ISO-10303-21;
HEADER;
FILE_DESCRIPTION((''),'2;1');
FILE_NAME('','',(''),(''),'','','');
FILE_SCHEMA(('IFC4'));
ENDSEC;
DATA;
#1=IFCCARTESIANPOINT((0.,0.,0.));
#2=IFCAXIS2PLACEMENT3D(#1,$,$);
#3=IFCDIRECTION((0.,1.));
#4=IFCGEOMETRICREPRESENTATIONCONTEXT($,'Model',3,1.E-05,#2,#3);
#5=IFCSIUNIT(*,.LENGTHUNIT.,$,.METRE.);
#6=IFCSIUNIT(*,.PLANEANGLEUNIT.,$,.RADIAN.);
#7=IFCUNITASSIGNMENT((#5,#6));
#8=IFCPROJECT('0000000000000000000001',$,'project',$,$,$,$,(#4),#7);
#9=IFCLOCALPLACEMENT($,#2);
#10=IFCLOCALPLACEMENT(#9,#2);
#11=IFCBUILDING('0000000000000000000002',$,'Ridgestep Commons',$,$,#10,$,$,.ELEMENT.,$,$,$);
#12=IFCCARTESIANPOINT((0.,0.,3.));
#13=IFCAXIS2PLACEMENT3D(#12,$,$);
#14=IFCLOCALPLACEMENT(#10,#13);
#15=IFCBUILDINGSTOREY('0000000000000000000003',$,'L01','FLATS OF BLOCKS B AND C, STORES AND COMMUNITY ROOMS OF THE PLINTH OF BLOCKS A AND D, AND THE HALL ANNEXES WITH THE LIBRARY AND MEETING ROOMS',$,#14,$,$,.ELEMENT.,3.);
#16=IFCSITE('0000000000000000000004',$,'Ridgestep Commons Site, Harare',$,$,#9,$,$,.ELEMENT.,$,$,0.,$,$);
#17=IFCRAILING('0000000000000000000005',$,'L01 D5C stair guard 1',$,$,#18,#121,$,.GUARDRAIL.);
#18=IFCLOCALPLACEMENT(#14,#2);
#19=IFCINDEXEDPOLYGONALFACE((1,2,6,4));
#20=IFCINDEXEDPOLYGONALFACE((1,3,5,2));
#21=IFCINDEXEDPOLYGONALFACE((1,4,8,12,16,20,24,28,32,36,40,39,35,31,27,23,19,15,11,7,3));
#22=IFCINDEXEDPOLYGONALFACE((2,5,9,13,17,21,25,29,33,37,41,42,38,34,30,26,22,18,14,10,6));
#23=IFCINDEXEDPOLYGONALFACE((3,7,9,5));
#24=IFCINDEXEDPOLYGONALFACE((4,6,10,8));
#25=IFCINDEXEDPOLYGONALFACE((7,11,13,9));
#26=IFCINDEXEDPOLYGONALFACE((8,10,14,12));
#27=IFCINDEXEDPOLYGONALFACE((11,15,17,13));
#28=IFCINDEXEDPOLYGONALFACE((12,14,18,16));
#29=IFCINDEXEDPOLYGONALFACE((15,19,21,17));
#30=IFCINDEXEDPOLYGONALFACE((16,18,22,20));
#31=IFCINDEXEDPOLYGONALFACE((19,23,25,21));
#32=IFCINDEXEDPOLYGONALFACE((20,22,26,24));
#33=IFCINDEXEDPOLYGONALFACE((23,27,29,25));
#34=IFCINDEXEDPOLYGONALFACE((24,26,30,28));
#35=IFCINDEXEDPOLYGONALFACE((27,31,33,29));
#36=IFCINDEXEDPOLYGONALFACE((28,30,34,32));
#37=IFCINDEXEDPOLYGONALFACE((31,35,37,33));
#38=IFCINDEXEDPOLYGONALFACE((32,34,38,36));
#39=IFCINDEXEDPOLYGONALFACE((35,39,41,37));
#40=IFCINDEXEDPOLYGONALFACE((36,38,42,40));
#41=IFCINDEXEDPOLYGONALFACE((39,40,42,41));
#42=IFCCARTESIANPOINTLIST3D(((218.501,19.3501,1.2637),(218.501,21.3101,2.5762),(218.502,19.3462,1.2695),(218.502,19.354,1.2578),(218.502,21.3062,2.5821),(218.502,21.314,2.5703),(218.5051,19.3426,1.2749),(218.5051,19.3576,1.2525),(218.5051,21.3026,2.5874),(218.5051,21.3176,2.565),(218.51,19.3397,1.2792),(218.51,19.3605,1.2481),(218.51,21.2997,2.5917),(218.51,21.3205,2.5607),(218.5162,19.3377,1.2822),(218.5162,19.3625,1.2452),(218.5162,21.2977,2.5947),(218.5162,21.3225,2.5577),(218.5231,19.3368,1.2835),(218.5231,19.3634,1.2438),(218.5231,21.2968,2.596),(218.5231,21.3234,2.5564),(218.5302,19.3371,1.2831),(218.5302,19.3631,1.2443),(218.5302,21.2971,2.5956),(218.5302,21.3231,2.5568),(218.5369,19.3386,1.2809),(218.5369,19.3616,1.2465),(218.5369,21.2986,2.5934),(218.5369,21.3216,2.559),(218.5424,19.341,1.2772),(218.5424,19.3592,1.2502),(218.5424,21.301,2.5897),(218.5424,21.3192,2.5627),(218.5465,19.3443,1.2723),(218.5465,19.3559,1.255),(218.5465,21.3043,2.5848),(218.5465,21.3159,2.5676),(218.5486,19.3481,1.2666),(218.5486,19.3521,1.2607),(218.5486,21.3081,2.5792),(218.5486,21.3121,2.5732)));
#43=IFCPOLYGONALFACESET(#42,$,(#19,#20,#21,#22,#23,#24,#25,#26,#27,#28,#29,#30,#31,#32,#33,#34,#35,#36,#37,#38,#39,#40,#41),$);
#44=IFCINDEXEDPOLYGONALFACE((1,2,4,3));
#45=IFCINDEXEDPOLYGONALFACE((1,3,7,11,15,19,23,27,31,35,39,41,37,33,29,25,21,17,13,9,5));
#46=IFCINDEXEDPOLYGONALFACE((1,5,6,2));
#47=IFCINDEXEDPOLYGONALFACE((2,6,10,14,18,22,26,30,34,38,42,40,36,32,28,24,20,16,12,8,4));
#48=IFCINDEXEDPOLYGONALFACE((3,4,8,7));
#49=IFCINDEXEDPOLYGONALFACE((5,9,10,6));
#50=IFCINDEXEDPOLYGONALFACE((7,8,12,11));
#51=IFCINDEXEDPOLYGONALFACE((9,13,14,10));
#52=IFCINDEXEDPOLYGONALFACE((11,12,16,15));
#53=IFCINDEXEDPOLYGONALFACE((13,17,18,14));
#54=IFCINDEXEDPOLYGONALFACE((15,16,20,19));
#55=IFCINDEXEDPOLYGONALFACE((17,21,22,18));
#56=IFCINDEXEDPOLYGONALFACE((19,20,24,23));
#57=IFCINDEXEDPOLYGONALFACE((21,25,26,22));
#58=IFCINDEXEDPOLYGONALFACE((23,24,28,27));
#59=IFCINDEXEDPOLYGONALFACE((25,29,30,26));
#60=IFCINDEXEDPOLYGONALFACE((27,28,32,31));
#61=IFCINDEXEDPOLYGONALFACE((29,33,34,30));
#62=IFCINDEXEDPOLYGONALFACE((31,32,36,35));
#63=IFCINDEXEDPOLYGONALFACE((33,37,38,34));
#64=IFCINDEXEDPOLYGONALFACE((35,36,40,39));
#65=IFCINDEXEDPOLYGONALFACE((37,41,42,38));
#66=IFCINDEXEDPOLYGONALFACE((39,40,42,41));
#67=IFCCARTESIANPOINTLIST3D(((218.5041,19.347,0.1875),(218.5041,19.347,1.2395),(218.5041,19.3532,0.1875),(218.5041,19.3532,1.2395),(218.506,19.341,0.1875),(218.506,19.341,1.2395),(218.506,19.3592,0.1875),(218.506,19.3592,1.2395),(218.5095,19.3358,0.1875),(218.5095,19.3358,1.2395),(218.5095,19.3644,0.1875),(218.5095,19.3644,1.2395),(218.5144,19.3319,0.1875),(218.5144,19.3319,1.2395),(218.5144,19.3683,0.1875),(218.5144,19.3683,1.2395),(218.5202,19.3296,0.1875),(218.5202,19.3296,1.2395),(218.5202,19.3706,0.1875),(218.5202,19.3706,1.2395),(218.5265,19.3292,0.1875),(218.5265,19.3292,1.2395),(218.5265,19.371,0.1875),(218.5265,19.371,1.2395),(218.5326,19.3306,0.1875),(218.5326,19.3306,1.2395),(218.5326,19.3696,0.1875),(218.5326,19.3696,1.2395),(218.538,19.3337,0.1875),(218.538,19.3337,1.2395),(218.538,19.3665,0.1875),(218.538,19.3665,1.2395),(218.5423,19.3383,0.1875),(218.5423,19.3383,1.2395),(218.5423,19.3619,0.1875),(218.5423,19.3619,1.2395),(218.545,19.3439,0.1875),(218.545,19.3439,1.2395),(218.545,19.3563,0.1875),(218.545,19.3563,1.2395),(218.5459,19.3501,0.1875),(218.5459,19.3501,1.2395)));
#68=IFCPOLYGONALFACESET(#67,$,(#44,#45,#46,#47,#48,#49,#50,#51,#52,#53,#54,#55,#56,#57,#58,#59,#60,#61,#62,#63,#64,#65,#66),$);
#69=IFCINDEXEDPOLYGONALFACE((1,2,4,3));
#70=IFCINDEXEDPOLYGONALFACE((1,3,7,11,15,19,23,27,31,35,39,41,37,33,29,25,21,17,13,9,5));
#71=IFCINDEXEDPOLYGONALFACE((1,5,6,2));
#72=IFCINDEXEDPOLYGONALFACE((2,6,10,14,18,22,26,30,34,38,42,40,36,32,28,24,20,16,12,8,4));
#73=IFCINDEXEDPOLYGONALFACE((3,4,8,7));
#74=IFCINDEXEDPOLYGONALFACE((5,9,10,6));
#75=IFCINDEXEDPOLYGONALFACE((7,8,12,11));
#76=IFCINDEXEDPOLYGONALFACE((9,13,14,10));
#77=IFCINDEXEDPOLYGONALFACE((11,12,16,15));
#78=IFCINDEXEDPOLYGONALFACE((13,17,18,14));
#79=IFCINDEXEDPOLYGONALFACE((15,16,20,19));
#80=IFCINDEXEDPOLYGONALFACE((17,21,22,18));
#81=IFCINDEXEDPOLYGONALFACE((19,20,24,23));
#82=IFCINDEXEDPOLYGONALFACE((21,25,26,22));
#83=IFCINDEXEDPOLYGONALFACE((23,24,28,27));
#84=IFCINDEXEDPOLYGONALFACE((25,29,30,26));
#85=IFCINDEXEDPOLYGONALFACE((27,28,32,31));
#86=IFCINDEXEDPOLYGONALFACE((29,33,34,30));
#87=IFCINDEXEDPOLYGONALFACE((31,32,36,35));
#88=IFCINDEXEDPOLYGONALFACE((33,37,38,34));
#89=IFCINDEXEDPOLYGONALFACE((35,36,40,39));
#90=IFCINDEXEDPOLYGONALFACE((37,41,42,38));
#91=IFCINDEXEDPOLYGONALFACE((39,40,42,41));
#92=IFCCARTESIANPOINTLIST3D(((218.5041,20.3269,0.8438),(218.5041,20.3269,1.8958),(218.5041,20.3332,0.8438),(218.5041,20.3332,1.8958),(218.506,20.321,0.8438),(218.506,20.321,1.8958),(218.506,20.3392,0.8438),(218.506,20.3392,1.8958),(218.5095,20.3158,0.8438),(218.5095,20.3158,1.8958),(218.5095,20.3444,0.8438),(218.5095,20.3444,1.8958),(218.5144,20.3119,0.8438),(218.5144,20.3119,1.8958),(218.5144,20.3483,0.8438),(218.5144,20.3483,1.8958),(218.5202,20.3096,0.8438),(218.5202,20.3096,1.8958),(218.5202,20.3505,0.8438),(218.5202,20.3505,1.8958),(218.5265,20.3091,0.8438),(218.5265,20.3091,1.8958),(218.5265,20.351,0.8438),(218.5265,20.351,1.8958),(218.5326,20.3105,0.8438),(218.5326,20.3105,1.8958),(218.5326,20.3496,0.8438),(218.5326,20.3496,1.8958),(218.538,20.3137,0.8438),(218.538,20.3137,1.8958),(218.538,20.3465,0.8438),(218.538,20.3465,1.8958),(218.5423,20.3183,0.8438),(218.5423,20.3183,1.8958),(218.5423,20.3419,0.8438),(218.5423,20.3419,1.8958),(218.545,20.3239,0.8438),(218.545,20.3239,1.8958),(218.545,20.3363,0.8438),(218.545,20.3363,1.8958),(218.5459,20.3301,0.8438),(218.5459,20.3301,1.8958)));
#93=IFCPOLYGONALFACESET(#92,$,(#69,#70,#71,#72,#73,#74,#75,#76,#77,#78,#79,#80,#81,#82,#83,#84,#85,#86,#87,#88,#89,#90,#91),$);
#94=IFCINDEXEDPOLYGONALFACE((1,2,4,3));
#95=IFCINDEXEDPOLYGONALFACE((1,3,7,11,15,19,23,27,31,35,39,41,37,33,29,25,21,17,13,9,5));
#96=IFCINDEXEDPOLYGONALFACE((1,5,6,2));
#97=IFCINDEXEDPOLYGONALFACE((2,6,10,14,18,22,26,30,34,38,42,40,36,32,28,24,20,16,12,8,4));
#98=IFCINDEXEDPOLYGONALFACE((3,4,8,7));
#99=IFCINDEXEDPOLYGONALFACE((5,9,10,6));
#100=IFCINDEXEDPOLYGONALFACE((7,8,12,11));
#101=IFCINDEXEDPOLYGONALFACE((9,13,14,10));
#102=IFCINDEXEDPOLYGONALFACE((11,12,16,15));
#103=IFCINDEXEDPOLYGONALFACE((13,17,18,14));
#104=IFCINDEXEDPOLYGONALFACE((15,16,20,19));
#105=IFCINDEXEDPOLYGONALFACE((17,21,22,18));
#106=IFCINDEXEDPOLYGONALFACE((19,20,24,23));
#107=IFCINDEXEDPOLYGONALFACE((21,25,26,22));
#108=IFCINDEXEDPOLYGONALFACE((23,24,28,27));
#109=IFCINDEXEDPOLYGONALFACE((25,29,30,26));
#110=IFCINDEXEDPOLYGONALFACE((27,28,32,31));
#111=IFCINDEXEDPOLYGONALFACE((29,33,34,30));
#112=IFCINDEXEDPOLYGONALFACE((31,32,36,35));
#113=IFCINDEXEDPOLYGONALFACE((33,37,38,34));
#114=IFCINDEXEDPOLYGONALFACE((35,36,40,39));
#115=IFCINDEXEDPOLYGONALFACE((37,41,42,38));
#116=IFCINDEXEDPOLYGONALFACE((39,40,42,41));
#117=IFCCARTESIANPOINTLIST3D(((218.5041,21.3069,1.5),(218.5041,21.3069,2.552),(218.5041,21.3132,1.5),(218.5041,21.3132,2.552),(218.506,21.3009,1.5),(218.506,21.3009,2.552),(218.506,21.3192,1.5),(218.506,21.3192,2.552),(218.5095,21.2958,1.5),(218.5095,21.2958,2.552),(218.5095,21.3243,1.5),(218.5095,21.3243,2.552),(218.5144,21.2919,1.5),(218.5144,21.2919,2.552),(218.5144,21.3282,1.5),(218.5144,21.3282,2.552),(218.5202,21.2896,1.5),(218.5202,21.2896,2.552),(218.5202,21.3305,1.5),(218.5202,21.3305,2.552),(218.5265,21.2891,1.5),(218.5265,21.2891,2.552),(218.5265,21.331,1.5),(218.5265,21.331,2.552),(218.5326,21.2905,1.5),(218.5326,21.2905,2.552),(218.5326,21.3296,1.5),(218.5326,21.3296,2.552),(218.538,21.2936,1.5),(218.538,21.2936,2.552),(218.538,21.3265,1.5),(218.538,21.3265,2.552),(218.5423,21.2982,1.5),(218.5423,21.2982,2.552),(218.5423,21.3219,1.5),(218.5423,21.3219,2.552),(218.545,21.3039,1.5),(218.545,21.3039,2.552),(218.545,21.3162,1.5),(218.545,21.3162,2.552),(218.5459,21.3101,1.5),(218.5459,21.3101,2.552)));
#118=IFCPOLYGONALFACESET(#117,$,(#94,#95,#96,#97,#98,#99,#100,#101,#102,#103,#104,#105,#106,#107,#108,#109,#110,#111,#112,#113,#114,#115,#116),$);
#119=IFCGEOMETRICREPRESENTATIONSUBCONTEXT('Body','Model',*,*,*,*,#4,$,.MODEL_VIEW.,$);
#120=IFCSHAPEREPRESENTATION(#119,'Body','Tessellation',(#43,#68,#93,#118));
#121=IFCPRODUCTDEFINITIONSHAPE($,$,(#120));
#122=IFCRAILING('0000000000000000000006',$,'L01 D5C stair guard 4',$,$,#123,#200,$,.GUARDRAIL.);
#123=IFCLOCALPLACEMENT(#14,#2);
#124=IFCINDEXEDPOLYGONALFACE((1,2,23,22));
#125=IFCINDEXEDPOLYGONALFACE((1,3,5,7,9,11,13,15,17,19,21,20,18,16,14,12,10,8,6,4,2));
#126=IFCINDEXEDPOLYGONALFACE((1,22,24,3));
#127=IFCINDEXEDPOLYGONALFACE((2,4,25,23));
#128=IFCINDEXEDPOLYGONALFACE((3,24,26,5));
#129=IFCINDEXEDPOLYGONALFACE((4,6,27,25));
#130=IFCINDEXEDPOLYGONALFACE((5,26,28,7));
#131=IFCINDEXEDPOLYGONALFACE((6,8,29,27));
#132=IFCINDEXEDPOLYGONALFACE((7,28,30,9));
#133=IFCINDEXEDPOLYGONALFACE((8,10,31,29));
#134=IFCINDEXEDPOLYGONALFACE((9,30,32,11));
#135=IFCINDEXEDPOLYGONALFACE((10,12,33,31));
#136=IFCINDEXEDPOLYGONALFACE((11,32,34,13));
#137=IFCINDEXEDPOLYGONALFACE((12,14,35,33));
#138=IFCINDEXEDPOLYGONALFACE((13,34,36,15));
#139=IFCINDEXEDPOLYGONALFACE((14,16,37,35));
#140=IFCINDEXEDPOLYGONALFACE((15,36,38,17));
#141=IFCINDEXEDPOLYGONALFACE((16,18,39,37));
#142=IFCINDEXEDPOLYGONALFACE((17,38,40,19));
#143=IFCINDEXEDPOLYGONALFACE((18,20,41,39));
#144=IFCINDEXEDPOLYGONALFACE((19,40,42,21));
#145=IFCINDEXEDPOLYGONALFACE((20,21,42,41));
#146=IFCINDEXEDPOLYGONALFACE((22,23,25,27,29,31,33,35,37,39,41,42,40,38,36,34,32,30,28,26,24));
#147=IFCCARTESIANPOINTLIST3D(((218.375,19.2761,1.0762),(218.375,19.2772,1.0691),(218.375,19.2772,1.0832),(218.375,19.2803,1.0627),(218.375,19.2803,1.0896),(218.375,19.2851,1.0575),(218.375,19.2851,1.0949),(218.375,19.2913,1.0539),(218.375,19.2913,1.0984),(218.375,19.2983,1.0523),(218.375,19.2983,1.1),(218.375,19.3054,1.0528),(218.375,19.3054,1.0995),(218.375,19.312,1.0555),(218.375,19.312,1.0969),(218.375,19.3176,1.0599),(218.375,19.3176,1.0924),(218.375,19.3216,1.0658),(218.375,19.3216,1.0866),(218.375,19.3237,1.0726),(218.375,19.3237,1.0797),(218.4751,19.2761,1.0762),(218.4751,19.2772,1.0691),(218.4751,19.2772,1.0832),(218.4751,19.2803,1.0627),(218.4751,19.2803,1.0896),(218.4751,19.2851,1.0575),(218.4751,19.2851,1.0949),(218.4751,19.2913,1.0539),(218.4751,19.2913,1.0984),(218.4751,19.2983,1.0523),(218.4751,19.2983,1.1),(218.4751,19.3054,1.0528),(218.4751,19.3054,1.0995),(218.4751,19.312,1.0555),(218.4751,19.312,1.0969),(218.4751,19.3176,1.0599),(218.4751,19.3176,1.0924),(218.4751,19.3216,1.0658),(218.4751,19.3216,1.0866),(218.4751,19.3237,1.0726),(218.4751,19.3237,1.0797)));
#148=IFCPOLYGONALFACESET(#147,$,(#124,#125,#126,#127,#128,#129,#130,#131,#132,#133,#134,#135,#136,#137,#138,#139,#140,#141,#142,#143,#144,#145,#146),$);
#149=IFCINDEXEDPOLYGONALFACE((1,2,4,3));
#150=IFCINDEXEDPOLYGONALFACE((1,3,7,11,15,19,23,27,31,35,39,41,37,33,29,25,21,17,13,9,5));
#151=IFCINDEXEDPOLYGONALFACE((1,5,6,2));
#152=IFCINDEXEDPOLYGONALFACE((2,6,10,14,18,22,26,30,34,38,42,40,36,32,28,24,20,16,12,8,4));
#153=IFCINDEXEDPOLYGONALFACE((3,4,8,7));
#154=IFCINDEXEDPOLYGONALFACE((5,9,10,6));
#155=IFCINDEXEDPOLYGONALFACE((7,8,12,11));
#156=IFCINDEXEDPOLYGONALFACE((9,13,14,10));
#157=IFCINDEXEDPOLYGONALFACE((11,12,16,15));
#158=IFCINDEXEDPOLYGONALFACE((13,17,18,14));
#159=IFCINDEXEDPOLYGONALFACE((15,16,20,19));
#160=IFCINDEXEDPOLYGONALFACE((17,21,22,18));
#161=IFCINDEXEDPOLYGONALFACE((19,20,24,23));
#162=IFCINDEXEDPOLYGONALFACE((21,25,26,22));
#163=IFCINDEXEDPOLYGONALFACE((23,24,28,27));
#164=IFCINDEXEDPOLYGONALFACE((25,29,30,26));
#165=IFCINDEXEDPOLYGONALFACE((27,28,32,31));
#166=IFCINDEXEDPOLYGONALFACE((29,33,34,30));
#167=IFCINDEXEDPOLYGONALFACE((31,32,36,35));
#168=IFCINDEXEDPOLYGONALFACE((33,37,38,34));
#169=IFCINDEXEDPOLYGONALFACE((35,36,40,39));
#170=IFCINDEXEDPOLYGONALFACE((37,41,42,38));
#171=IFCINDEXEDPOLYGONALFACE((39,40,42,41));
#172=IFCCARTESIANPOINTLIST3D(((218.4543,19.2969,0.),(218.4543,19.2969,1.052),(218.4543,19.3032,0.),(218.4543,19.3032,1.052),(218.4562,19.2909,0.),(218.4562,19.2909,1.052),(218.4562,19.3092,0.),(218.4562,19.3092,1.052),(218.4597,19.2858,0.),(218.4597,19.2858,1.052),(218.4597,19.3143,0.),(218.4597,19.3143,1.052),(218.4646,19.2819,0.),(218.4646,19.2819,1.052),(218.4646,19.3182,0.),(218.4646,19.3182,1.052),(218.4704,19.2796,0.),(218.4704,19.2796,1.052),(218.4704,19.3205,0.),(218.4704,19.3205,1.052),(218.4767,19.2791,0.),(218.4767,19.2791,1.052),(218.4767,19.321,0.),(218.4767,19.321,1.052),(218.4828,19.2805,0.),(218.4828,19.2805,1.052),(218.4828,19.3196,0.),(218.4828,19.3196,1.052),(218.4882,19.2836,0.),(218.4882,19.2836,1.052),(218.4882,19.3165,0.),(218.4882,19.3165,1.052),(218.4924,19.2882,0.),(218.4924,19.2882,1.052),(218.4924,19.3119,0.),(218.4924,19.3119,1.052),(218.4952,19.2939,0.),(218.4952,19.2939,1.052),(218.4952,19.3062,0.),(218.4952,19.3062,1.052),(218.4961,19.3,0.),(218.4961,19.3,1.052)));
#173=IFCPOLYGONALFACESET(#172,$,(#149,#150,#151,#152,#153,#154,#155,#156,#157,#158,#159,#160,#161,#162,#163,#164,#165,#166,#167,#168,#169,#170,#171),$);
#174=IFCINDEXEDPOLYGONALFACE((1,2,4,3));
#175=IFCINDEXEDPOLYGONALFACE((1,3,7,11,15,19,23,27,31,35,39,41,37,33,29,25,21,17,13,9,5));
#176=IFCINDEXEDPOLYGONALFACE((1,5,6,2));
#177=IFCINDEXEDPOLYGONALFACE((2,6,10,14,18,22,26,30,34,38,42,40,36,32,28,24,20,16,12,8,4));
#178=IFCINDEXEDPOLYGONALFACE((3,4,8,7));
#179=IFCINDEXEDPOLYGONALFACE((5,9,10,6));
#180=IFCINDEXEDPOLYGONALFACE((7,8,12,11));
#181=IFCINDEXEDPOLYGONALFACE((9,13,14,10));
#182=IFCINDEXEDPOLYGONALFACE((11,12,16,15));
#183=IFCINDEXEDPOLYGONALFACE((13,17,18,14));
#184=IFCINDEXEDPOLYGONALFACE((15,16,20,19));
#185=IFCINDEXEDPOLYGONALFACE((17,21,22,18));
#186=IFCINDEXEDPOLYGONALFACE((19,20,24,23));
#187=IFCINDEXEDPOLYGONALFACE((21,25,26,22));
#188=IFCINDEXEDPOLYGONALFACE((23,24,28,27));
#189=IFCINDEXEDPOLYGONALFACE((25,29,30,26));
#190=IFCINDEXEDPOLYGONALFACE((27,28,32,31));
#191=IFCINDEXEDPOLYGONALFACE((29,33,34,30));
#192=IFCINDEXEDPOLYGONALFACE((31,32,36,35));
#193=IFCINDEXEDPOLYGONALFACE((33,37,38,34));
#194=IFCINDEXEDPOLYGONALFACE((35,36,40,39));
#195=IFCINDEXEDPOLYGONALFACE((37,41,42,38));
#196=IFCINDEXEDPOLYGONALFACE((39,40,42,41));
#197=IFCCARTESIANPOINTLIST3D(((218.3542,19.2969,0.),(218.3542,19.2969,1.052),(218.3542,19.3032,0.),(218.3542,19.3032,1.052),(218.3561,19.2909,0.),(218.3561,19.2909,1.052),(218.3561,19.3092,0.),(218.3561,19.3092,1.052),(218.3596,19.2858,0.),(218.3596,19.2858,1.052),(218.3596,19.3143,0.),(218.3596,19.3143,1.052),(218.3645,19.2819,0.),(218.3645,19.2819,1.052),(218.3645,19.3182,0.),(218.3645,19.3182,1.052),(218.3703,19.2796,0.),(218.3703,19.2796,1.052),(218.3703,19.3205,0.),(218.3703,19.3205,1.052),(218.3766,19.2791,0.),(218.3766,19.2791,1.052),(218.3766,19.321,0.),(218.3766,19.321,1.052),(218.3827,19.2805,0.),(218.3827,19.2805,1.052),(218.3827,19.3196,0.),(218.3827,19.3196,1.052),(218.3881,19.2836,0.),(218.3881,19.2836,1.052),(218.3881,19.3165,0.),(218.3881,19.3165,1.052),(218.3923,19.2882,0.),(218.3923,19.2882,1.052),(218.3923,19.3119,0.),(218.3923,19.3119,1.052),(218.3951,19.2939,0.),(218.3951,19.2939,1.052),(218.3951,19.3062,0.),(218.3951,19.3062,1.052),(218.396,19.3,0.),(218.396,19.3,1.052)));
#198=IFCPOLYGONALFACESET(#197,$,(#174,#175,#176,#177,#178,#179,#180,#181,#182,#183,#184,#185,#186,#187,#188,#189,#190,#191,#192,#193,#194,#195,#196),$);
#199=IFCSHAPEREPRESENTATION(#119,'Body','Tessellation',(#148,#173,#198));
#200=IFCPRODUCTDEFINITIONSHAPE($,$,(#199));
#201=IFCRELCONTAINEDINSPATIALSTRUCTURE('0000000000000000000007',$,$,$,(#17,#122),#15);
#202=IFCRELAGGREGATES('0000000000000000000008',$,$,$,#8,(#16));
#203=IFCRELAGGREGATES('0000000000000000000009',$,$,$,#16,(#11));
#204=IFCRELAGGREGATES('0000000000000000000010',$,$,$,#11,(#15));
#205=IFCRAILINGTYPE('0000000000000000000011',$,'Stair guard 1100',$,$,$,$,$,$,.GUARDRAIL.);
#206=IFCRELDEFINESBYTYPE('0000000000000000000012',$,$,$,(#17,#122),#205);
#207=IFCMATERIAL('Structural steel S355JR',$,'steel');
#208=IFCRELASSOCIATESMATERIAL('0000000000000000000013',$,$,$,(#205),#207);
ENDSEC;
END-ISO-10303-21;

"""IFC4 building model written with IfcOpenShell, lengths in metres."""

from ifc_helpers import new_model, si_unit, direction, frame, origin, origin_2d, place, context, subcontext, project, spatial, circle, extrude, material, type_object, element, save


model = new_model("IFC4")

# Units and contexts
model_context = context("Model", 3, precision=1e-05, world=origin(), true_north=direction((0.0, 1.0)))
body_context = subcontext(model_context, "Body", "Model", "MODEL_VIEW")
ifc_project = project(units=[si_unit("LENGTHUNIT", "METRE"), si_unit("PLANEANGLEUNIT", "RADIAN")], contexts=[model_context])

# Site, building, storey
site_placement = place(None, origin())
site = spatial("IfcSite", under=ifc_project, at=site_placement, Name="Ridgestep Commons Site, Harare", CompositionType="ELEMENT", RefElevation=0.0)
building_placement = place(site_placement, origin())
building = spatial("IfcBuilding", under=site, at=building_placement, Name="Ridgestep Commons", CompositionType="ELEMENT")
storey_placement = place(building_placement, frame((0.0, 0.0, 3.0)))
storey = spatial("IfcBuildingStorey", under=building, at=storey_placement, Name="L01", Description="FLATS OF BLOCKS B AND C, STORES AND COMMUNITY ROOMS OF THE PLINTH OF BLOCKS A AND D, AND THE HALL ANNEXES WITH THE LIBRARY AND MEETING ROOMS", CompositionType="ELEMENT", Elevation=3.0)

# Railings
ifc_material_1 = material(Name="Structural steel S355JR", Category="steel")
railing_type_1 = type_object("IfcRailingType", Name="Stair guard 1100", PredefinedType="GUARDRAIL", material=ifc_material_1)
railing_1_placement = place(storey_placement, frame((218.5249, 19.3501, 0.1875)))
element("IfcRailing", 1, at=railing_1_placement, inside=storey, type_object=railing_type_1, Name="L01 D5C stair guard 1", PredefinedType="GUARDRAIL", context=body_context, shape_type="SweptSolid", body=[
    extrude(circle(Radius=0.0239, at=origin_2d()), frame((0.0, 0.0, 1.0762), z_axis=(0.0, 0.830902, 0.556419), x_axis=(-1.0, 0.0, 0.0)), (0.0, 0.0, 1.0), 2.3589),
    extrude(circle(Radius=0.021, at=origin_2d()), origin(), (0.0, 0.0, 1.0), 1.052),
    extrude(circle(Radius=0.021, at=origin_2d()), frame((0.0, 0.98, 0.6562)), (0.0, 0.0, 1.0), 1.052),
    extrude(circle(Radius=0.021, at=origin_2d()), frame((0.0, 1.96, 1.3125)), (0.0, 0.0, 1.0), 1.052),
])
railing_2_placement = place(storey_placement, frame((218.4751, 19.3, 0.0)))
element("IfcRailing", 2, at=railing_2_placement, inside=storey, type_object=railing_type_1, Name="L01 D5C stair guard 4", PredefinedType="GUARDRAIL", context=body_context, shape_type="SweptSolid", body=[
    extrude(circle(Radius=0.0239, at=origin_2d()), frame((0.0, 0.0, 1.0762), z_axis=(-1.0, 0.0, 0.0), x_axis=(0.0, -1.0, 0.0)), (0.0, 0.0, 1.0), 0.1001),
    extrude(circle(Radius=0.021, at=origin_2d()), origin(), (0.0, 0.0, 1.0), 1.052),
    extrude(circle(Radius=0.021, at=origin_2d()), frame((-0.1001, 0.0, 0.0)), (0.0, 0.0, 1.0), 1.052),
])

save(model, "model.ifc")
